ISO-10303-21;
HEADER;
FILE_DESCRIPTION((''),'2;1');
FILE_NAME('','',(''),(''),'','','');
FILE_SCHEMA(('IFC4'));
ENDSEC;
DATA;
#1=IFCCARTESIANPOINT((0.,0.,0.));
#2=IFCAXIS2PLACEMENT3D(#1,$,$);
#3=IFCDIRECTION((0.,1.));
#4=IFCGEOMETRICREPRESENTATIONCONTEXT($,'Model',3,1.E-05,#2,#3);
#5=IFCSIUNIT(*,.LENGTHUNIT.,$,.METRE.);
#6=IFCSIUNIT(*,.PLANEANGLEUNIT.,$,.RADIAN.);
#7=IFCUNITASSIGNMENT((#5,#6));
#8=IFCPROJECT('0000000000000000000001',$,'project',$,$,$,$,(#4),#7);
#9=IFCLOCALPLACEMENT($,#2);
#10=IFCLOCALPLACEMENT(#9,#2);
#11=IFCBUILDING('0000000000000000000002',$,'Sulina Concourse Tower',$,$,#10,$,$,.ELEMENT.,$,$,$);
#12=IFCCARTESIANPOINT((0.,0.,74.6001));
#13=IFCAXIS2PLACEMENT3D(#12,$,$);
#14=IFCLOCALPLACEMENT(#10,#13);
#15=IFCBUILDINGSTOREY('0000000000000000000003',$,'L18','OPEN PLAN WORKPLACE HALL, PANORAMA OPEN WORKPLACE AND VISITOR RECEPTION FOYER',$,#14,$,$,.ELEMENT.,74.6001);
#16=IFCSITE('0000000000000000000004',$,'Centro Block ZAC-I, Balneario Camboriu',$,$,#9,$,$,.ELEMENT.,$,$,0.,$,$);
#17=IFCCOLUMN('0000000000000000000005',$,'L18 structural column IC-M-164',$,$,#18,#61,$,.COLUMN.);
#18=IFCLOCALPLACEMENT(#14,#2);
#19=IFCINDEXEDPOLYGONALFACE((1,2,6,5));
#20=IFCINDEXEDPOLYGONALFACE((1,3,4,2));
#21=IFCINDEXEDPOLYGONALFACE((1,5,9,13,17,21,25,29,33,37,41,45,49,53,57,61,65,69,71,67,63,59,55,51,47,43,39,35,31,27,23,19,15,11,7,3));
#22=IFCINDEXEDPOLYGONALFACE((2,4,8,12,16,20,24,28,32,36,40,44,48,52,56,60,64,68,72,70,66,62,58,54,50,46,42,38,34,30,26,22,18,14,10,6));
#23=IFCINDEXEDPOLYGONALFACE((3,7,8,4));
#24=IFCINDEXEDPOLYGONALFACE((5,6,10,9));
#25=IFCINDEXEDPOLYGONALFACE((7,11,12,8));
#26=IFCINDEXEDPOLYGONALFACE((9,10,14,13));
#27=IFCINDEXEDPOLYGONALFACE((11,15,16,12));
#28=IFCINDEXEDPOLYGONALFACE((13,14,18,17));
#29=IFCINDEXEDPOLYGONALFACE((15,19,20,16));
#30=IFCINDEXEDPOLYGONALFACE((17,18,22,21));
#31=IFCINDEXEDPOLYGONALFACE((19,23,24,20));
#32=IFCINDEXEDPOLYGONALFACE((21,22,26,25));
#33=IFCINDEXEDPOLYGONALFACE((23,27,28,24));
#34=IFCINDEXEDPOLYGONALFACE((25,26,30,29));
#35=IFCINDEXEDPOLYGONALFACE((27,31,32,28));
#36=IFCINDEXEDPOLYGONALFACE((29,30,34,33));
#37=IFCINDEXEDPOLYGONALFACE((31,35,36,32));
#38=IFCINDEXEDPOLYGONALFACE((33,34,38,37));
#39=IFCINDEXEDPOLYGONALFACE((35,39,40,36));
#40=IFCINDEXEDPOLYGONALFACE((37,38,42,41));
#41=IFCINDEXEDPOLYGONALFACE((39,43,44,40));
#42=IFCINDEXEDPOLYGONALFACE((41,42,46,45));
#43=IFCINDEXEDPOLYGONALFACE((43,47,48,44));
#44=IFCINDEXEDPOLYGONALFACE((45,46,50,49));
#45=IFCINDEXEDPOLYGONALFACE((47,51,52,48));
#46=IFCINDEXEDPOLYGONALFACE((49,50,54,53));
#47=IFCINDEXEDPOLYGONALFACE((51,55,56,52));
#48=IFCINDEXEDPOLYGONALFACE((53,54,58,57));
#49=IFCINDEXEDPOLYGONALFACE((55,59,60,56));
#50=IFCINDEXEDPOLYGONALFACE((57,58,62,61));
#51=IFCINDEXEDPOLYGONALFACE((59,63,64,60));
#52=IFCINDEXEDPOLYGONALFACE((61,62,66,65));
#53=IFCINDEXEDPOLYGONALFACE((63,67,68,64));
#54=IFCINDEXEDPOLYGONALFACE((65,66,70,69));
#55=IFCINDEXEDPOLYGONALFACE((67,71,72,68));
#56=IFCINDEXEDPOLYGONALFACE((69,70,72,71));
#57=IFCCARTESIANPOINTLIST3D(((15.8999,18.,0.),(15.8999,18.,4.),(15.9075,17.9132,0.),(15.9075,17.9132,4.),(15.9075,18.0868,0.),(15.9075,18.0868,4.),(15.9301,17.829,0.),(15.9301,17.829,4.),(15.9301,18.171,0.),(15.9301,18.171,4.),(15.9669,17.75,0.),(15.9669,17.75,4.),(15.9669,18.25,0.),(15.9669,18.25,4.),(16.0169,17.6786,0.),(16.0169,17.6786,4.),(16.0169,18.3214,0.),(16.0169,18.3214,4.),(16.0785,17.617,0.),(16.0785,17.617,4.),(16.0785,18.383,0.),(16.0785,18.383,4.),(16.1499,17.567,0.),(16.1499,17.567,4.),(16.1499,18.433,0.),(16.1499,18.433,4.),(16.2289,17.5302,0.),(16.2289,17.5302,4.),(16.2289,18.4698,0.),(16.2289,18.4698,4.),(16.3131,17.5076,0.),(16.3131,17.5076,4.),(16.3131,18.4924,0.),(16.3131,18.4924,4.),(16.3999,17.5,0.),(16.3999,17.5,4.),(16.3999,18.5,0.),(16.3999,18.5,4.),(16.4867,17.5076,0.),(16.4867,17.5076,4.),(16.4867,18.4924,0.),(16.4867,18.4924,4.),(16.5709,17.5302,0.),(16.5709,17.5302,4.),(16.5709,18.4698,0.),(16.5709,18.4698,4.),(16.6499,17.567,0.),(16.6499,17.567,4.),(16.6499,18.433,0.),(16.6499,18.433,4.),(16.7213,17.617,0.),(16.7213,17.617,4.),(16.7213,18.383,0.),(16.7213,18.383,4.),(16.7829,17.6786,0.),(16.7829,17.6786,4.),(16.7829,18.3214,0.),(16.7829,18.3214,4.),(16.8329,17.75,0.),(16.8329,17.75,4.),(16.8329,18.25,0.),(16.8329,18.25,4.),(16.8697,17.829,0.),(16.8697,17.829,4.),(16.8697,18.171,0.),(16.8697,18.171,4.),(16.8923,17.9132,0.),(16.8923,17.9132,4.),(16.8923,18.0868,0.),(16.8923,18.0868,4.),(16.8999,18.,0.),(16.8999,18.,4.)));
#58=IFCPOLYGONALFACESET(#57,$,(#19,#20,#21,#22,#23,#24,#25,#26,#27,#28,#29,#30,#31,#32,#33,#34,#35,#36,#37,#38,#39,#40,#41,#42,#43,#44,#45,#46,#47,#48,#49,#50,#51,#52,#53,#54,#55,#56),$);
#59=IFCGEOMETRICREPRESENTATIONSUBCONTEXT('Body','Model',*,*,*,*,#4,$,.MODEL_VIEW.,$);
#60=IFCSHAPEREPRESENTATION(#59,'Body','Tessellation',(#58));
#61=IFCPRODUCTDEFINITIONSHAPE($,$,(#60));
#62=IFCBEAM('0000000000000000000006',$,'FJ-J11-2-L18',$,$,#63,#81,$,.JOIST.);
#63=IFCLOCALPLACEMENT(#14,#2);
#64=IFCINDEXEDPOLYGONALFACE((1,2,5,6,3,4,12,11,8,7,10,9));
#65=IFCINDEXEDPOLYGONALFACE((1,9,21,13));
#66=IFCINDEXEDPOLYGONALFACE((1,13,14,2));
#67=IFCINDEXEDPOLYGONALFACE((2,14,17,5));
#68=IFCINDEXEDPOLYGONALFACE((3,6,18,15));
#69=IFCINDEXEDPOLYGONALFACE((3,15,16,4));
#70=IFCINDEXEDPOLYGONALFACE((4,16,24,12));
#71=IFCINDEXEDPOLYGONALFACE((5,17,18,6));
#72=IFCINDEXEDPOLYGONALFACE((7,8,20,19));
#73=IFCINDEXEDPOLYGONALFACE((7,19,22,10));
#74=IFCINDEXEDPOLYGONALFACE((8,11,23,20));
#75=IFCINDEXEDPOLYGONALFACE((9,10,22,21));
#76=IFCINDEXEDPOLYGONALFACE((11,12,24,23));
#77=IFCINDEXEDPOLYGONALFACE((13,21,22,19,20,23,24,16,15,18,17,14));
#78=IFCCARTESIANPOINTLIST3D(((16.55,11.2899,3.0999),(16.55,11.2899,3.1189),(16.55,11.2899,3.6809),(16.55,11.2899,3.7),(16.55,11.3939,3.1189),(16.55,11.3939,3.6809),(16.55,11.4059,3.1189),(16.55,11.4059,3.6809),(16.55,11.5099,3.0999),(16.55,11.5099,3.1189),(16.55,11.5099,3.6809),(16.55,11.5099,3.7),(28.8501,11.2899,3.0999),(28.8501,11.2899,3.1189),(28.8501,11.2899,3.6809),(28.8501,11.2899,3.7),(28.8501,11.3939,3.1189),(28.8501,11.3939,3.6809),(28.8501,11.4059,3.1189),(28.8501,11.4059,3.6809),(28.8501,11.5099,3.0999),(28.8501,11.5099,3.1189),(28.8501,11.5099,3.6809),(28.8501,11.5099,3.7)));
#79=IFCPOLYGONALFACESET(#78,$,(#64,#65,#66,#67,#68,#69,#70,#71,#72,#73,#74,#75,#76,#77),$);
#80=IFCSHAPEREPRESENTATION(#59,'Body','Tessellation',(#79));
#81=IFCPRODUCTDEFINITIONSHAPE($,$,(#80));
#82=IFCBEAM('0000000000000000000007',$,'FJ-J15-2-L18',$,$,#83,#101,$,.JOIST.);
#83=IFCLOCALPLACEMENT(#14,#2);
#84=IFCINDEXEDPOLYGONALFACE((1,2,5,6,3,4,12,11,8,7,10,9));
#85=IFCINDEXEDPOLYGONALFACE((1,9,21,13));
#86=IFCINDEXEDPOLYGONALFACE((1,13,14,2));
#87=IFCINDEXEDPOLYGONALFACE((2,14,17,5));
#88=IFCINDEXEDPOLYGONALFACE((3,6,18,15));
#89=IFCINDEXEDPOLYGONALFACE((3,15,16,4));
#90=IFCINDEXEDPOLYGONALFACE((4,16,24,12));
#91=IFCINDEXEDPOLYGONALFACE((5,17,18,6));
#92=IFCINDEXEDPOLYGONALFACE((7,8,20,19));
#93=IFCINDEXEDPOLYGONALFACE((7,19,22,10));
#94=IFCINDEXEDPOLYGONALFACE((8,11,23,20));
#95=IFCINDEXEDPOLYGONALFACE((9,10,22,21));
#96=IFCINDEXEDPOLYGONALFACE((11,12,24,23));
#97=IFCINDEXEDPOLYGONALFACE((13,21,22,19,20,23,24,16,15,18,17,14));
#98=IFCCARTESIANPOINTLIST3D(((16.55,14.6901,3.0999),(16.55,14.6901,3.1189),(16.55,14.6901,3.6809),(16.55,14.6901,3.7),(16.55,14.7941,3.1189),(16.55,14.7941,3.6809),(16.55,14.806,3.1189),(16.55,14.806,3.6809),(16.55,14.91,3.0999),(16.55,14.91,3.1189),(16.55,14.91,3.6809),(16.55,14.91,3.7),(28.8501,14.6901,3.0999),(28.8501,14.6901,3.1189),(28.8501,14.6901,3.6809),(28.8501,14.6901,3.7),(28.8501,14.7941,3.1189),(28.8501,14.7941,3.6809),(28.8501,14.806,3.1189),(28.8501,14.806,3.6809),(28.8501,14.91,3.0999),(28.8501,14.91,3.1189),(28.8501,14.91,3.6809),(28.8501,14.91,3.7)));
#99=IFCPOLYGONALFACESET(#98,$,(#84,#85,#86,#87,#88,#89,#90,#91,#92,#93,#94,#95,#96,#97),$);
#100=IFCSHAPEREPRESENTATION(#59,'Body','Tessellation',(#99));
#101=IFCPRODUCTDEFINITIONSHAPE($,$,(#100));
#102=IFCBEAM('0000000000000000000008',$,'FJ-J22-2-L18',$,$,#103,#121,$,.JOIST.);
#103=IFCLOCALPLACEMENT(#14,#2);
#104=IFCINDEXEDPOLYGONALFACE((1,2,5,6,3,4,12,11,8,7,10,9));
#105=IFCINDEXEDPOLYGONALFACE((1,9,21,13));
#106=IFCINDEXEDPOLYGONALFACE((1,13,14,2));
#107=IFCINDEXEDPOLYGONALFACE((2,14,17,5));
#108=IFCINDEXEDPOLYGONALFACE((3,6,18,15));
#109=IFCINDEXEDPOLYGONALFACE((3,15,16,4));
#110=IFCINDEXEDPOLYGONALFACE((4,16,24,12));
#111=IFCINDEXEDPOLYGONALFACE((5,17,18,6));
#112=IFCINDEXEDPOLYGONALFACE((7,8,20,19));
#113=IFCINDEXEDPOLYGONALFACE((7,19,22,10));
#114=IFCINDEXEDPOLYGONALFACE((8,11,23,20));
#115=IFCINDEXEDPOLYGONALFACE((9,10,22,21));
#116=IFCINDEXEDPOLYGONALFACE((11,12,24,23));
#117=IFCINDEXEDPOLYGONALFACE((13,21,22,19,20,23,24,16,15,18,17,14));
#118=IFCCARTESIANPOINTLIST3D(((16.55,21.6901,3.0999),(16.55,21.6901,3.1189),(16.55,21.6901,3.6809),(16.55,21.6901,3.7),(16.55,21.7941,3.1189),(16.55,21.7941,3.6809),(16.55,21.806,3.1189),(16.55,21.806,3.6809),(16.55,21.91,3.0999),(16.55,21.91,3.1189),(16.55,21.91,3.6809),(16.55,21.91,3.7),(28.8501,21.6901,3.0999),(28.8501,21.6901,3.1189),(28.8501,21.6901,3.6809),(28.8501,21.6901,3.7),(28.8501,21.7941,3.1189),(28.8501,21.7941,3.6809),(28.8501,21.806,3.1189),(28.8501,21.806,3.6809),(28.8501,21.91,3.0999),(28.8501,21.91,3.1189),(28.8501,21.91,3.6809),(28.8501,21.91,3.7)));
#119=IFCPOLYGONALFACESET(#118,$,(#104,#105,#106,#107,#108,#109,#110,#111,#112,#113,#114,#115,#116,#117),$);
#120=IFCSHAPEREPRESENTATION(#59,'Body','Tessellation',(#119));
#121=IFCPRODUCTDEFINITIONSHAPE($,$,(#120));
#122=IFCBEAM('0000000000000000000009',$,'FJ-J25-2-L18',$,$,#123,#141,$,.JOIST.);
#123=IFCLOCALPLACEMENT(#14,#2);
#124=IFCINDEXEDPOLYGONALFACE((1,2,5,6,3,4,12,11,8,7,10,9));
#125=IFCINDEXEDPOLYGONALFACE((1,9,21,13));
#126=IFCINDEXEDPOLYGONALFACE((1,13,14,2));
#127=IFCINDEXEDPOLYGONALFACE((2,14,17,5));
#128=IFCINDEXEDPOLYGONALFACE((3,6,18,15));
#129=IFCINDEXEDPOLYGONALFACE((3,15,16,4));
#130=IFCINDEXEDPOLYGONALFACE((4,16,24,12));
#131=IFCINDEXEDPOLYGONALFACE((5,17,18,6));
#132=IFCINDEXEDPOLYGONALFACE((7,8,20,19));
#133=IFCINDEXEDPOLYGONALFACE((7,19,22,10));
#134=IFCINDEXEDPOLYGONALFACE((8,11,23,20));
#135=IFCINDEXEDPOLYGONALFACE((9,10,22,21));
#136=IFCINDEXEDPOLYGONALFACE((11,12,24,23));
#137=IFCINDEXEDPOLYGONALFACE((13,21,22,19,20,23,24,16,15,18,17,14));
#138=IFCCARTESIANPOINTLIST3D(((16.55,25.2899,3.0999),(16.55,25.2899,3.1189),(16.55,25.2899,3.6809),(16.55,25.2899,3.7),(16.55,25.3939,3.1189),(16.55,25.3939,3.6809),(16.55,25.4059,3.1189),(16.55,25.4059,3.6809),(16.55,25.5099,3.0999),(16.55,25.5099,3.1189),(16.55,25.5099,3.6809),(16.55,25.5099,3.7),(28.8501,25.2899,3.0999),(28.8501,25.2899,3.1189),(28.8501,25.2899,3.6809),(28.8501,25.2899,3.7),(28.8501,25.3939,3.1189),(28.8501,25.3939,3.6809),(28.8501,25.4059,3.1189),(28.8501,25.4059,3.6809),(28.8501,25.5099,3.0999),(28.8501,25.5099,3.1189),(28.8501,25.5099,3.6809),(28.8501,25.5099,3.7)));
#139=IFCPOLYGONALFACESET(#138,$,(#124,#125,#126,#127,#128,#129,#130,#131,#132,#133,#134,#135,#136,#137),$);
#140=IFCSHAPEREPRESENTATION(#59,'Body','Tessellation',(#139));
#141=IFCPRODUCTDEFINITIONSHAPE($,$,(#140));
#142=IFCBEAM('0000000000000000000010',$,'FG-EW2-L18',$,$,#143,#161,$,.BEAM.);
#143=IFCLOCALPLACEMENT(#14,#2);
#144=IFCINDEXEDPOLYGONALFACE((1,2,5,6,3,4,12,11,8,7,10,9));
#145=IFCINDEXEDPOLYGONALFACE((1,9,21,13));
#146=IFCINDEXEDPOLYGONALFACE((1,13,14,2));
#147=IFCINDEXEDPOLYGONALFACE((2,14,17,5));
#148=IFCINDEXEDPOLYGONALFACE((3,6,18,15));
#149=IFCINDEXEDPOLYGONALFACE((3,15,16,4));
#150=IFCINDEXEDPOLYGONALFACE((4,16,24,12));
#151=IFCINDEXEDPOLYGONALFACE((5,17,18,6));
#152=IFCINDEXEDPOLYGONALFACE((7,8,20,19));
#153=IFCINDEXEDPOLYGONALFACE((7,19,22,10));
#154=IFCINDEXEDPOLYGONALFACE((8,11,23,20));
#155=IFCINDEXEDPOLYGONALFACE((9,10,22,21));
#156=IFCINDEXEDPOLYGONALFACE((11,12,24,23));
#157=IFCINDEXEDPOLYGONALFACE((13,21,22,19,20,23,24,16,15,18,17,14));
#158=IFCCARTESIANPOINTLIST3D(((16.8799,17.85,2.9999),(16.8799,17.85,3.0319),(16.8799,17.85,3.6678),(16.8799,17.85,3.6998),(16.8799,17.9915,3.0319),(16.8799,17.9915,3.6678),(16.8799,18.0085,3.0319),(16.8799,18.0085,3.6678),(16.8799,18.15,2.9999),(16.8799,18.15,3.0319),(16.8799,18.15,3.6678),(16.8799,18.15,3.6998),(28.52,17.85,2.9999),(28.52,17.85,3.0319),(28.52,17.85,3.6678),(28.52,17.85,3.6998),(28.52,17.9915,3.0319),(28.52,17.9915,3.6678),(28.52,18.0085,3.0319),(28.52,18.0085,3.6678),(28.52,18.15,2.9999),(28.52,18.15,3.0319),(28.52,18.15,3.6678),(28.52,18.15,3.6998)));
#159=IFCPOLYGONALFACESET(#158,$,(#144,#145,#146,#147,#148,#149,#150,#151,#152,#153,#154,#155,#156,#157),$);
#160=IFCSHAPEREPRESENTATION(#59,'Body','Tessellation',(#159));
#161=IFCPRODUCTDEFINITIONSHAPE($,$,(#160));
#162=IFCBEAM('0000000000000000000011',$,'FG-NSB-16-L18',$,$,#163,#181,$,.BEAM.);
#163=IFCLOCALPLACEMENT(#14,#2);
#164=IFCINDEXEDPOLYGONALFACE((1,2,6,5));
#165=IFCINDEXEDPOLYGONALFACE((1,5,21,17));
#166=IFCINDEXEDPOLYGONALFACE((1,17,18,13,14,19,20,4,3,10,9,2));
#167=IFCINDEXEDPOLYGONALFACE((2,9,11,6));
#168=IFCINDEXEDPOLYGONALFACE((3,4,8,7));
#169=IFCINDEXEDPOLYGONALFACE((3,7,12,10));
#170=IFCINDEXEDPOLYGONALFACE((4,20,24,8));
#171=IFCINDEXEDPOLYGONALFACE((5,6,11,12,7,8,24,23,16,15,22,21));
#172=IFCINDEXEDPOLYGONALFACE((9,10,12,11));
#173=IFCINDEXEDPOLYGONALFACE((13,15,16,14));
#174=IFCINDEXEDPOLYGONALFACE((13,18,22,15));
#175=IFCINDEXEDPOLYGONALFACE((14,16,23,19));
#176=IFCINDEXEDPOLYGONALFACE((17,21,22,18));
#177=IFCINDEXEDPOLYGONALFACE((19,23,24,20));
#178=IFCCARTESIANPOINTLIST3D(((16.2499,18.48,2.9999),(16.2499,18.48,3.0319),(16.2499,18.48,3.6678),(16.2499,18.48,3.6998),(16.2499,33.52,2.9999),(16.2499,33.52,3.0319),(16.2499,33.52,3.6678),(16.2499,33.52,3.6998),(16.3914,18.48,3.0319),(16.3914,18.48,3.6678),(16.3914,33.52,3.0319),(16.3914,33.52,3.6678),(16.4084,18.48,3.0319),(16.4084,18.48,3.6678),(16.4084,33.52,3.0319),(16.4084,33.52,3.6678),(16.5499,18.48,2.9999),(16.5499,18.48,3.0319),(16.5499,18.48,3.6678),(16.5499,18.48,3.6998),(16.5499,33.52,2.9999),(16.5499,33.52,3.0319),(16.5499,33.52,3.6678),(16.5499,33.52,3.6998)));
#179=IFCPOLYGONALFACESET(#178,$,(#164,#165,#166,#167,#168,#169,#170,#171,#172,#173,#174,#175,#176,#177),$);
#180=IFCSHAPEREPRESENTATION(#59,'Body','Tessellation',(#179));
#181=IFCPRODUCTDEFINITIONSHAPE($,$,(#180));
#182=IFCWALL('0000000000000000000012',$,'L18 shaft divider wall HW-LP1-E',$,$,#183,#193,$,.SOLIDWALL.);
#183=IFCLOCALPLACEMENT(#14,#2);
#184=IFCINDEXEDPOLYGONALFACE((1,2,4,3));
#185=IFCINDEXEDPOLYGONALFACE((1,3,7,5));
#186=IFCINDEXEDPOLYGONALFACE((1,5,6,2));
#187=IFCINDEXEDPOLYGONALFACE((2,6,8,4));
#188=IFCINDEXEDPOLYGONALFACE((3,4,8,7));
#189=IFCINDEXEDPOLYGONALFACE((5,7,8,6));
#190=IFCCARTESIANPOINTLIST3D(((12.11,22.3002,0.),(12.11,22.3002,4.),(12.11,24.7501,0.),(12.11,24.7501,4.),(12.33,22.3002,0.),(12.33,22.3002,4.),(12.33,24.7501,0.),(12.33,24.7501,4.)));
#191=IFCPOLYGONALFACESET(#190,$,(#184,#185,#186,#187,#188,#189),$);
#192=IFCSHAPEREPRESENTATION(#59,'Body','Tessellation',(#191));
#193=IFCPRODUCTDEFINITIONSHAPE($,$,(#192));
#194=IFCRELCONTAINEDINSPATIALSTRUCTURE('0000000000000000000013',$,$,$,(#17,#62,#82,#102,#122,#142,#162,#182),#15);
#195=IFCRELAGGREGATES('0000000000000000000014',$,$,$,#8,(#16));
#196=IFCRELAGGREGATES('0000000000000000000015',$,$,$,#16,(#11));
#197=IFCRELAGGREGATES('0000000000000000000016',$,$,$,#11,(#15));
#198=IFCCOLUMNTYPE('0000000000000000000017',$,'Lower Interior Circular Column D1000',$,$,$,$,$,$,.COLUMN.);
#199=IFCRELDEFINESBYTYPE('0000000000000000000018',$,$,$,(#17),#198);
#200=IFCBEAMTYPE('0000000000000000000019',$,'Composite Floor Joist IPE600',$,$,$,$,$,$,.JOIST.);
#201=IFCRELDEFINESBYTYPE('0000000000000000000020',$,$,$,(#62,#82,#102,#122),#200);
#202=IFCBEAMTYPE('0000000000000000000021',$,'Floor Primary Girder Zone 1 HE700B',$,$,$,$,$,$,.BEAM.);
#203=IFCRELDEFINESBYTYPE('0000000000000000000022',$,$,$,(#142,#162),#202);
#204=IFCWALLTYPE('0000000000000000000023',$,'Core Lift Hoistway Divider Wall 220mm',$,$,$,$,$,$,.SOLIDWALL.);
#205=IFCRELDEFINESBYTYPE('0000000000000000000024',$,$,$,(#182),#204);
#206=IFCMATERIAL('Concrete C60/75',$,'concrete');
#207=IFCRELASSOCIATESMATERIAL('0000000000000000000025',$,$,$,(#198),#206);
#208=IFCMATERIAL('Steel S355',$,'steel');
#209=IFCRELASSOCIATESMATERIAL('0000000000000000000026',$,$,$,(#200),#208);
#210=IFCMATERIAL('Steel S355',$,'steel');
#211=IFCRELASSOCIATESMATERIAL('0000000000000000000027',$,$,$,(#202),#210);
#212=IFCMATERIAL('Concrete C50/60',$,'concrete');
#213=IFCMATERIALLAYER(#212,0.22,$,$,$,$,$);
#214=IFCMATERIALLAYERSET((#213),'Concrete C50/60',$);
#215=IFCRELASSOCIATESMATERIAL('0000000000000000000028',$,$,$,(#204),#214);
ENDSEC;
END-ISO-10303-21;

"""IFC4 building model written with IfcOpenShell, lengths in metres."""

from ifc_helpers import new_model, si_unit, direction, frame, frame_2d, origin, origin_2d, place, context, subcontext, project, spatial, rectangle, circle, i_section, extrude, material, layer, layer_set, material_profile, profile_set, type_object, element, save


model = new_model("IFC4")

# Units and contexts
model_context = context("Model", 3, precision=1e-05, world=origin(), true_north=direction((0.0, 1.0)))
body_context = subcontext(model_context, "Body", "Model", "MODEL_VIEW")
ifc_project = project(units=[si_unit("LENGTHUNIT", "METRE"), si_unit("PLANEANGLEUNIT", "RADIAN")], contexts=[model_context])

# Site, building, storey
site_placement = place(None, origin())
site = spatial("IfcSite", under=ifc_project, at=site_placement, Name="Centro Block ZAC-I, Balneario Camboriu", CompositionType="ELEMENT", RefElevation=0.0)
building_placement = place(site_placement, origin())
building = spatial("IfcBuilding", under=site, at=building_placement, Name="Sulina Concourse Tower", CompositionType="ELEMENT")
storey_placement = place(building_placement, frame((0.0, 0.0, 74.6001)))
storey = spatial("IfcBuildingStorey", under=building, at=storey_placement, Name="L18", Description="OPEN PLAN WORKPLACE HALL, PANORAMA OPEN WORKPLACE AND VISITOR RECEPTION FOYER", CompositionType="ELEMENT", Elevation=74.6001)

# Column
ifc_material_1 = material(Name="Concrete C60/75", Category="concrete")
ifc_material_profile_1 = material_profile(ifc_material_1, circle(Radius=0.5, at=origin_2d()), Name="RC D1000")
ifc_profile_set_1 = profile_set([ifc_material_profile_1], Name="Concrete C60/75")
column_type = type_object("IfcColumnType", Name="Lower Interior Circular Column D1000", PredefinedType="COLUMN", material=ifc_profile_set_1)
column_placement = place(storey_placement, frame((16.3999, 18.0, 0.0), z_axis=(0.0, 0.0, 1.0), x_axis=(1.0, 0.0, 0.0)))
element("IfcColumn", 1, at=column_placement, inside=storey, type_object=column_type, Name="L18 structural column IC-M-164", PredefinedType="COLUMN", context=body_context, shape_type="SweptSolid", body=[
    extrude(circle(Radius=0.5, at=origin_2d()), origin(), (0.0, 0.0, 1.0), 4.0),
])

# Beams
ifc_material_2 = material(Name="Steel S355", Category="steel")
ifc_material_profile_2 = material_profile(ifc_material_2, i_section(OverallWidth=0.22, OverallDepth=0.6001, WebThickness=0.012, FlangeThickness=0.019, at=origin_2d()), Name="IPE 600")
ifc_profile_set_2 = profile_set([ifc_material_profile_2], Name="Steel S355")
beam_type_1 = type_object("IfcBeamType", Name="Composite Floor Joist IPE600", PredefinedType="JOIST", material=ifc_profile_set_2)
for number, where, z_axis, x_axis, name in (
    (2, (16.55, 11.3999, 3.3999), (1.0, 0.0, 0.0), (0.0, 1.0, 0.0), "FJ-J11-2-L18"),
    (3, (16.55, 14.8, 3.3999), (1.0, 0.0, 0.0), (0.0, 1.0, 0.0), "FJ-J15-2-L18"),
    (4, (16.55, 21.8, 3.3999), (1.0, 0.0, 0.0), (0.0, 1.0, 0.0), "FJ-J22-2-L18"),
    (5, (16.55, 25.3999, 3.3999), (1.0, 0.0, 0.0), (0.0, 1.0, 0.0), "FJ-J25-2-L18"),
):
    element("IfcBeam", number, at=place(storey_placement, frame(where, z_axis=z_axis, x_axis=x_axis)), inside=storey, type_object=beam_type_1, Name=name, PredefinedType="JOIST", context=body_context, shape_type="SweptSolid", body=[
        extrude(i_section(OverallWidth=0.22, OverallDepth=0.6001, WebThickness=0.012, FlangeThickness=0.019, at=origin_2d()), origin(), (0.0, 0.0, 1.0), 12.3),
    ])
ifc_material_3 = material(Name="Steel S355", Category="steel")
ifc_material_profile_3 = material_profile(ifc_material_3, i_section(OverallWidth=0.3, OverallDepth=0.7, WebThickness=0.0171, FlangeThickness=0.032, at=origin_2d()), Name="HE 700 B")
ifc_profile_set_3 = profile_set([ifc_material_profile_3], Name="Steel S355")
beam_type_2 = type_object("IfcBeamType", Name="Floor Primary Girder Zone 1 HE700B", PredefinedType="BEAM", material=ifc_profile_set_3)
beam_1_placement = place(storey_placement, frame((16.8799, 18.0, 3.3499), z_axis=(1.0, 0.0, 0.0), x_axis=(0.0, 1.0, 0.0)))
element("IfcBeam", 6, at=beam_1_placement, inside=storey, type_object=beam_type_2, Name="FG-EW2-L18", PredefinedType="BEAM", context=body_context, shape_type="SweptSolid", body=[
    extrude(i_section(OverallWidth=0.3, OverallDepth=0.7, WebThickness=0.0171, FlangeThickness=0.032, at=origin_2d()), origin(), (0.0, 0.0, 1.0), 11.6401),
])
beam_2_placement = place(storey_placement, frame((16.3999, 18.48, 3.3499), z_axis=(0.0, 1.0, 0.0), x_axis=(-1.0, 0.0, 0.0)))
element("IfcBeam", 7, at=beam_2_placement, inside=storey, type_object=beam_type_2, Name="FG-NSB-16-L18", PredefinedType="BEAM", context=body_context, shape_type="SweptSolid", body=[
    extrude(i_section(OverallWidth=0.3, OverallDepth=0.7, WebThickness=0.0171, FlangeThickness=0.032, at=origin_2d()), origin(), (0.0, 0.0, 1.0), 15.04),
])

# Wall
ifc_material_4 = material(Name="Concrete C50/60", Category="concrete")
ifc_layer_1 = layer(ifc_material_4, 0.22)
ifc_layer_set_1 = layer_set([ifc_layer_1], Name="Concrete C50/60")
wall_type_1 = type_object("IfcWallType", Name="Core Lift Hoistway Divider Wall 220mm", PredefinedType="SOLIDWALL", material=ifc_layer_set_1)
wall_1_placement = place(storey_placement, frame((12.22, 22.3, 0.0), z_axis=(0.0, 0.0, 1.0), x_axis=(0.0, 1.0, 0.0)))
element("IfcWall", 8, at=wall_1_placement, inside=storey, type_object=wall_type_1, Name="L18 shaft divider wall HW-LP1-E", PredefinedType="SOLIDWALL", context=body_context, shape_type="SweptSolid", body=[
    extrude(rectangle(XDim=2.45, YDim=0.22, at=frame_2d((1.2251, 0.0))), origin(), (0.0, 0.0, 1.0), 4.0),
])

save(model, "model.ifc")
